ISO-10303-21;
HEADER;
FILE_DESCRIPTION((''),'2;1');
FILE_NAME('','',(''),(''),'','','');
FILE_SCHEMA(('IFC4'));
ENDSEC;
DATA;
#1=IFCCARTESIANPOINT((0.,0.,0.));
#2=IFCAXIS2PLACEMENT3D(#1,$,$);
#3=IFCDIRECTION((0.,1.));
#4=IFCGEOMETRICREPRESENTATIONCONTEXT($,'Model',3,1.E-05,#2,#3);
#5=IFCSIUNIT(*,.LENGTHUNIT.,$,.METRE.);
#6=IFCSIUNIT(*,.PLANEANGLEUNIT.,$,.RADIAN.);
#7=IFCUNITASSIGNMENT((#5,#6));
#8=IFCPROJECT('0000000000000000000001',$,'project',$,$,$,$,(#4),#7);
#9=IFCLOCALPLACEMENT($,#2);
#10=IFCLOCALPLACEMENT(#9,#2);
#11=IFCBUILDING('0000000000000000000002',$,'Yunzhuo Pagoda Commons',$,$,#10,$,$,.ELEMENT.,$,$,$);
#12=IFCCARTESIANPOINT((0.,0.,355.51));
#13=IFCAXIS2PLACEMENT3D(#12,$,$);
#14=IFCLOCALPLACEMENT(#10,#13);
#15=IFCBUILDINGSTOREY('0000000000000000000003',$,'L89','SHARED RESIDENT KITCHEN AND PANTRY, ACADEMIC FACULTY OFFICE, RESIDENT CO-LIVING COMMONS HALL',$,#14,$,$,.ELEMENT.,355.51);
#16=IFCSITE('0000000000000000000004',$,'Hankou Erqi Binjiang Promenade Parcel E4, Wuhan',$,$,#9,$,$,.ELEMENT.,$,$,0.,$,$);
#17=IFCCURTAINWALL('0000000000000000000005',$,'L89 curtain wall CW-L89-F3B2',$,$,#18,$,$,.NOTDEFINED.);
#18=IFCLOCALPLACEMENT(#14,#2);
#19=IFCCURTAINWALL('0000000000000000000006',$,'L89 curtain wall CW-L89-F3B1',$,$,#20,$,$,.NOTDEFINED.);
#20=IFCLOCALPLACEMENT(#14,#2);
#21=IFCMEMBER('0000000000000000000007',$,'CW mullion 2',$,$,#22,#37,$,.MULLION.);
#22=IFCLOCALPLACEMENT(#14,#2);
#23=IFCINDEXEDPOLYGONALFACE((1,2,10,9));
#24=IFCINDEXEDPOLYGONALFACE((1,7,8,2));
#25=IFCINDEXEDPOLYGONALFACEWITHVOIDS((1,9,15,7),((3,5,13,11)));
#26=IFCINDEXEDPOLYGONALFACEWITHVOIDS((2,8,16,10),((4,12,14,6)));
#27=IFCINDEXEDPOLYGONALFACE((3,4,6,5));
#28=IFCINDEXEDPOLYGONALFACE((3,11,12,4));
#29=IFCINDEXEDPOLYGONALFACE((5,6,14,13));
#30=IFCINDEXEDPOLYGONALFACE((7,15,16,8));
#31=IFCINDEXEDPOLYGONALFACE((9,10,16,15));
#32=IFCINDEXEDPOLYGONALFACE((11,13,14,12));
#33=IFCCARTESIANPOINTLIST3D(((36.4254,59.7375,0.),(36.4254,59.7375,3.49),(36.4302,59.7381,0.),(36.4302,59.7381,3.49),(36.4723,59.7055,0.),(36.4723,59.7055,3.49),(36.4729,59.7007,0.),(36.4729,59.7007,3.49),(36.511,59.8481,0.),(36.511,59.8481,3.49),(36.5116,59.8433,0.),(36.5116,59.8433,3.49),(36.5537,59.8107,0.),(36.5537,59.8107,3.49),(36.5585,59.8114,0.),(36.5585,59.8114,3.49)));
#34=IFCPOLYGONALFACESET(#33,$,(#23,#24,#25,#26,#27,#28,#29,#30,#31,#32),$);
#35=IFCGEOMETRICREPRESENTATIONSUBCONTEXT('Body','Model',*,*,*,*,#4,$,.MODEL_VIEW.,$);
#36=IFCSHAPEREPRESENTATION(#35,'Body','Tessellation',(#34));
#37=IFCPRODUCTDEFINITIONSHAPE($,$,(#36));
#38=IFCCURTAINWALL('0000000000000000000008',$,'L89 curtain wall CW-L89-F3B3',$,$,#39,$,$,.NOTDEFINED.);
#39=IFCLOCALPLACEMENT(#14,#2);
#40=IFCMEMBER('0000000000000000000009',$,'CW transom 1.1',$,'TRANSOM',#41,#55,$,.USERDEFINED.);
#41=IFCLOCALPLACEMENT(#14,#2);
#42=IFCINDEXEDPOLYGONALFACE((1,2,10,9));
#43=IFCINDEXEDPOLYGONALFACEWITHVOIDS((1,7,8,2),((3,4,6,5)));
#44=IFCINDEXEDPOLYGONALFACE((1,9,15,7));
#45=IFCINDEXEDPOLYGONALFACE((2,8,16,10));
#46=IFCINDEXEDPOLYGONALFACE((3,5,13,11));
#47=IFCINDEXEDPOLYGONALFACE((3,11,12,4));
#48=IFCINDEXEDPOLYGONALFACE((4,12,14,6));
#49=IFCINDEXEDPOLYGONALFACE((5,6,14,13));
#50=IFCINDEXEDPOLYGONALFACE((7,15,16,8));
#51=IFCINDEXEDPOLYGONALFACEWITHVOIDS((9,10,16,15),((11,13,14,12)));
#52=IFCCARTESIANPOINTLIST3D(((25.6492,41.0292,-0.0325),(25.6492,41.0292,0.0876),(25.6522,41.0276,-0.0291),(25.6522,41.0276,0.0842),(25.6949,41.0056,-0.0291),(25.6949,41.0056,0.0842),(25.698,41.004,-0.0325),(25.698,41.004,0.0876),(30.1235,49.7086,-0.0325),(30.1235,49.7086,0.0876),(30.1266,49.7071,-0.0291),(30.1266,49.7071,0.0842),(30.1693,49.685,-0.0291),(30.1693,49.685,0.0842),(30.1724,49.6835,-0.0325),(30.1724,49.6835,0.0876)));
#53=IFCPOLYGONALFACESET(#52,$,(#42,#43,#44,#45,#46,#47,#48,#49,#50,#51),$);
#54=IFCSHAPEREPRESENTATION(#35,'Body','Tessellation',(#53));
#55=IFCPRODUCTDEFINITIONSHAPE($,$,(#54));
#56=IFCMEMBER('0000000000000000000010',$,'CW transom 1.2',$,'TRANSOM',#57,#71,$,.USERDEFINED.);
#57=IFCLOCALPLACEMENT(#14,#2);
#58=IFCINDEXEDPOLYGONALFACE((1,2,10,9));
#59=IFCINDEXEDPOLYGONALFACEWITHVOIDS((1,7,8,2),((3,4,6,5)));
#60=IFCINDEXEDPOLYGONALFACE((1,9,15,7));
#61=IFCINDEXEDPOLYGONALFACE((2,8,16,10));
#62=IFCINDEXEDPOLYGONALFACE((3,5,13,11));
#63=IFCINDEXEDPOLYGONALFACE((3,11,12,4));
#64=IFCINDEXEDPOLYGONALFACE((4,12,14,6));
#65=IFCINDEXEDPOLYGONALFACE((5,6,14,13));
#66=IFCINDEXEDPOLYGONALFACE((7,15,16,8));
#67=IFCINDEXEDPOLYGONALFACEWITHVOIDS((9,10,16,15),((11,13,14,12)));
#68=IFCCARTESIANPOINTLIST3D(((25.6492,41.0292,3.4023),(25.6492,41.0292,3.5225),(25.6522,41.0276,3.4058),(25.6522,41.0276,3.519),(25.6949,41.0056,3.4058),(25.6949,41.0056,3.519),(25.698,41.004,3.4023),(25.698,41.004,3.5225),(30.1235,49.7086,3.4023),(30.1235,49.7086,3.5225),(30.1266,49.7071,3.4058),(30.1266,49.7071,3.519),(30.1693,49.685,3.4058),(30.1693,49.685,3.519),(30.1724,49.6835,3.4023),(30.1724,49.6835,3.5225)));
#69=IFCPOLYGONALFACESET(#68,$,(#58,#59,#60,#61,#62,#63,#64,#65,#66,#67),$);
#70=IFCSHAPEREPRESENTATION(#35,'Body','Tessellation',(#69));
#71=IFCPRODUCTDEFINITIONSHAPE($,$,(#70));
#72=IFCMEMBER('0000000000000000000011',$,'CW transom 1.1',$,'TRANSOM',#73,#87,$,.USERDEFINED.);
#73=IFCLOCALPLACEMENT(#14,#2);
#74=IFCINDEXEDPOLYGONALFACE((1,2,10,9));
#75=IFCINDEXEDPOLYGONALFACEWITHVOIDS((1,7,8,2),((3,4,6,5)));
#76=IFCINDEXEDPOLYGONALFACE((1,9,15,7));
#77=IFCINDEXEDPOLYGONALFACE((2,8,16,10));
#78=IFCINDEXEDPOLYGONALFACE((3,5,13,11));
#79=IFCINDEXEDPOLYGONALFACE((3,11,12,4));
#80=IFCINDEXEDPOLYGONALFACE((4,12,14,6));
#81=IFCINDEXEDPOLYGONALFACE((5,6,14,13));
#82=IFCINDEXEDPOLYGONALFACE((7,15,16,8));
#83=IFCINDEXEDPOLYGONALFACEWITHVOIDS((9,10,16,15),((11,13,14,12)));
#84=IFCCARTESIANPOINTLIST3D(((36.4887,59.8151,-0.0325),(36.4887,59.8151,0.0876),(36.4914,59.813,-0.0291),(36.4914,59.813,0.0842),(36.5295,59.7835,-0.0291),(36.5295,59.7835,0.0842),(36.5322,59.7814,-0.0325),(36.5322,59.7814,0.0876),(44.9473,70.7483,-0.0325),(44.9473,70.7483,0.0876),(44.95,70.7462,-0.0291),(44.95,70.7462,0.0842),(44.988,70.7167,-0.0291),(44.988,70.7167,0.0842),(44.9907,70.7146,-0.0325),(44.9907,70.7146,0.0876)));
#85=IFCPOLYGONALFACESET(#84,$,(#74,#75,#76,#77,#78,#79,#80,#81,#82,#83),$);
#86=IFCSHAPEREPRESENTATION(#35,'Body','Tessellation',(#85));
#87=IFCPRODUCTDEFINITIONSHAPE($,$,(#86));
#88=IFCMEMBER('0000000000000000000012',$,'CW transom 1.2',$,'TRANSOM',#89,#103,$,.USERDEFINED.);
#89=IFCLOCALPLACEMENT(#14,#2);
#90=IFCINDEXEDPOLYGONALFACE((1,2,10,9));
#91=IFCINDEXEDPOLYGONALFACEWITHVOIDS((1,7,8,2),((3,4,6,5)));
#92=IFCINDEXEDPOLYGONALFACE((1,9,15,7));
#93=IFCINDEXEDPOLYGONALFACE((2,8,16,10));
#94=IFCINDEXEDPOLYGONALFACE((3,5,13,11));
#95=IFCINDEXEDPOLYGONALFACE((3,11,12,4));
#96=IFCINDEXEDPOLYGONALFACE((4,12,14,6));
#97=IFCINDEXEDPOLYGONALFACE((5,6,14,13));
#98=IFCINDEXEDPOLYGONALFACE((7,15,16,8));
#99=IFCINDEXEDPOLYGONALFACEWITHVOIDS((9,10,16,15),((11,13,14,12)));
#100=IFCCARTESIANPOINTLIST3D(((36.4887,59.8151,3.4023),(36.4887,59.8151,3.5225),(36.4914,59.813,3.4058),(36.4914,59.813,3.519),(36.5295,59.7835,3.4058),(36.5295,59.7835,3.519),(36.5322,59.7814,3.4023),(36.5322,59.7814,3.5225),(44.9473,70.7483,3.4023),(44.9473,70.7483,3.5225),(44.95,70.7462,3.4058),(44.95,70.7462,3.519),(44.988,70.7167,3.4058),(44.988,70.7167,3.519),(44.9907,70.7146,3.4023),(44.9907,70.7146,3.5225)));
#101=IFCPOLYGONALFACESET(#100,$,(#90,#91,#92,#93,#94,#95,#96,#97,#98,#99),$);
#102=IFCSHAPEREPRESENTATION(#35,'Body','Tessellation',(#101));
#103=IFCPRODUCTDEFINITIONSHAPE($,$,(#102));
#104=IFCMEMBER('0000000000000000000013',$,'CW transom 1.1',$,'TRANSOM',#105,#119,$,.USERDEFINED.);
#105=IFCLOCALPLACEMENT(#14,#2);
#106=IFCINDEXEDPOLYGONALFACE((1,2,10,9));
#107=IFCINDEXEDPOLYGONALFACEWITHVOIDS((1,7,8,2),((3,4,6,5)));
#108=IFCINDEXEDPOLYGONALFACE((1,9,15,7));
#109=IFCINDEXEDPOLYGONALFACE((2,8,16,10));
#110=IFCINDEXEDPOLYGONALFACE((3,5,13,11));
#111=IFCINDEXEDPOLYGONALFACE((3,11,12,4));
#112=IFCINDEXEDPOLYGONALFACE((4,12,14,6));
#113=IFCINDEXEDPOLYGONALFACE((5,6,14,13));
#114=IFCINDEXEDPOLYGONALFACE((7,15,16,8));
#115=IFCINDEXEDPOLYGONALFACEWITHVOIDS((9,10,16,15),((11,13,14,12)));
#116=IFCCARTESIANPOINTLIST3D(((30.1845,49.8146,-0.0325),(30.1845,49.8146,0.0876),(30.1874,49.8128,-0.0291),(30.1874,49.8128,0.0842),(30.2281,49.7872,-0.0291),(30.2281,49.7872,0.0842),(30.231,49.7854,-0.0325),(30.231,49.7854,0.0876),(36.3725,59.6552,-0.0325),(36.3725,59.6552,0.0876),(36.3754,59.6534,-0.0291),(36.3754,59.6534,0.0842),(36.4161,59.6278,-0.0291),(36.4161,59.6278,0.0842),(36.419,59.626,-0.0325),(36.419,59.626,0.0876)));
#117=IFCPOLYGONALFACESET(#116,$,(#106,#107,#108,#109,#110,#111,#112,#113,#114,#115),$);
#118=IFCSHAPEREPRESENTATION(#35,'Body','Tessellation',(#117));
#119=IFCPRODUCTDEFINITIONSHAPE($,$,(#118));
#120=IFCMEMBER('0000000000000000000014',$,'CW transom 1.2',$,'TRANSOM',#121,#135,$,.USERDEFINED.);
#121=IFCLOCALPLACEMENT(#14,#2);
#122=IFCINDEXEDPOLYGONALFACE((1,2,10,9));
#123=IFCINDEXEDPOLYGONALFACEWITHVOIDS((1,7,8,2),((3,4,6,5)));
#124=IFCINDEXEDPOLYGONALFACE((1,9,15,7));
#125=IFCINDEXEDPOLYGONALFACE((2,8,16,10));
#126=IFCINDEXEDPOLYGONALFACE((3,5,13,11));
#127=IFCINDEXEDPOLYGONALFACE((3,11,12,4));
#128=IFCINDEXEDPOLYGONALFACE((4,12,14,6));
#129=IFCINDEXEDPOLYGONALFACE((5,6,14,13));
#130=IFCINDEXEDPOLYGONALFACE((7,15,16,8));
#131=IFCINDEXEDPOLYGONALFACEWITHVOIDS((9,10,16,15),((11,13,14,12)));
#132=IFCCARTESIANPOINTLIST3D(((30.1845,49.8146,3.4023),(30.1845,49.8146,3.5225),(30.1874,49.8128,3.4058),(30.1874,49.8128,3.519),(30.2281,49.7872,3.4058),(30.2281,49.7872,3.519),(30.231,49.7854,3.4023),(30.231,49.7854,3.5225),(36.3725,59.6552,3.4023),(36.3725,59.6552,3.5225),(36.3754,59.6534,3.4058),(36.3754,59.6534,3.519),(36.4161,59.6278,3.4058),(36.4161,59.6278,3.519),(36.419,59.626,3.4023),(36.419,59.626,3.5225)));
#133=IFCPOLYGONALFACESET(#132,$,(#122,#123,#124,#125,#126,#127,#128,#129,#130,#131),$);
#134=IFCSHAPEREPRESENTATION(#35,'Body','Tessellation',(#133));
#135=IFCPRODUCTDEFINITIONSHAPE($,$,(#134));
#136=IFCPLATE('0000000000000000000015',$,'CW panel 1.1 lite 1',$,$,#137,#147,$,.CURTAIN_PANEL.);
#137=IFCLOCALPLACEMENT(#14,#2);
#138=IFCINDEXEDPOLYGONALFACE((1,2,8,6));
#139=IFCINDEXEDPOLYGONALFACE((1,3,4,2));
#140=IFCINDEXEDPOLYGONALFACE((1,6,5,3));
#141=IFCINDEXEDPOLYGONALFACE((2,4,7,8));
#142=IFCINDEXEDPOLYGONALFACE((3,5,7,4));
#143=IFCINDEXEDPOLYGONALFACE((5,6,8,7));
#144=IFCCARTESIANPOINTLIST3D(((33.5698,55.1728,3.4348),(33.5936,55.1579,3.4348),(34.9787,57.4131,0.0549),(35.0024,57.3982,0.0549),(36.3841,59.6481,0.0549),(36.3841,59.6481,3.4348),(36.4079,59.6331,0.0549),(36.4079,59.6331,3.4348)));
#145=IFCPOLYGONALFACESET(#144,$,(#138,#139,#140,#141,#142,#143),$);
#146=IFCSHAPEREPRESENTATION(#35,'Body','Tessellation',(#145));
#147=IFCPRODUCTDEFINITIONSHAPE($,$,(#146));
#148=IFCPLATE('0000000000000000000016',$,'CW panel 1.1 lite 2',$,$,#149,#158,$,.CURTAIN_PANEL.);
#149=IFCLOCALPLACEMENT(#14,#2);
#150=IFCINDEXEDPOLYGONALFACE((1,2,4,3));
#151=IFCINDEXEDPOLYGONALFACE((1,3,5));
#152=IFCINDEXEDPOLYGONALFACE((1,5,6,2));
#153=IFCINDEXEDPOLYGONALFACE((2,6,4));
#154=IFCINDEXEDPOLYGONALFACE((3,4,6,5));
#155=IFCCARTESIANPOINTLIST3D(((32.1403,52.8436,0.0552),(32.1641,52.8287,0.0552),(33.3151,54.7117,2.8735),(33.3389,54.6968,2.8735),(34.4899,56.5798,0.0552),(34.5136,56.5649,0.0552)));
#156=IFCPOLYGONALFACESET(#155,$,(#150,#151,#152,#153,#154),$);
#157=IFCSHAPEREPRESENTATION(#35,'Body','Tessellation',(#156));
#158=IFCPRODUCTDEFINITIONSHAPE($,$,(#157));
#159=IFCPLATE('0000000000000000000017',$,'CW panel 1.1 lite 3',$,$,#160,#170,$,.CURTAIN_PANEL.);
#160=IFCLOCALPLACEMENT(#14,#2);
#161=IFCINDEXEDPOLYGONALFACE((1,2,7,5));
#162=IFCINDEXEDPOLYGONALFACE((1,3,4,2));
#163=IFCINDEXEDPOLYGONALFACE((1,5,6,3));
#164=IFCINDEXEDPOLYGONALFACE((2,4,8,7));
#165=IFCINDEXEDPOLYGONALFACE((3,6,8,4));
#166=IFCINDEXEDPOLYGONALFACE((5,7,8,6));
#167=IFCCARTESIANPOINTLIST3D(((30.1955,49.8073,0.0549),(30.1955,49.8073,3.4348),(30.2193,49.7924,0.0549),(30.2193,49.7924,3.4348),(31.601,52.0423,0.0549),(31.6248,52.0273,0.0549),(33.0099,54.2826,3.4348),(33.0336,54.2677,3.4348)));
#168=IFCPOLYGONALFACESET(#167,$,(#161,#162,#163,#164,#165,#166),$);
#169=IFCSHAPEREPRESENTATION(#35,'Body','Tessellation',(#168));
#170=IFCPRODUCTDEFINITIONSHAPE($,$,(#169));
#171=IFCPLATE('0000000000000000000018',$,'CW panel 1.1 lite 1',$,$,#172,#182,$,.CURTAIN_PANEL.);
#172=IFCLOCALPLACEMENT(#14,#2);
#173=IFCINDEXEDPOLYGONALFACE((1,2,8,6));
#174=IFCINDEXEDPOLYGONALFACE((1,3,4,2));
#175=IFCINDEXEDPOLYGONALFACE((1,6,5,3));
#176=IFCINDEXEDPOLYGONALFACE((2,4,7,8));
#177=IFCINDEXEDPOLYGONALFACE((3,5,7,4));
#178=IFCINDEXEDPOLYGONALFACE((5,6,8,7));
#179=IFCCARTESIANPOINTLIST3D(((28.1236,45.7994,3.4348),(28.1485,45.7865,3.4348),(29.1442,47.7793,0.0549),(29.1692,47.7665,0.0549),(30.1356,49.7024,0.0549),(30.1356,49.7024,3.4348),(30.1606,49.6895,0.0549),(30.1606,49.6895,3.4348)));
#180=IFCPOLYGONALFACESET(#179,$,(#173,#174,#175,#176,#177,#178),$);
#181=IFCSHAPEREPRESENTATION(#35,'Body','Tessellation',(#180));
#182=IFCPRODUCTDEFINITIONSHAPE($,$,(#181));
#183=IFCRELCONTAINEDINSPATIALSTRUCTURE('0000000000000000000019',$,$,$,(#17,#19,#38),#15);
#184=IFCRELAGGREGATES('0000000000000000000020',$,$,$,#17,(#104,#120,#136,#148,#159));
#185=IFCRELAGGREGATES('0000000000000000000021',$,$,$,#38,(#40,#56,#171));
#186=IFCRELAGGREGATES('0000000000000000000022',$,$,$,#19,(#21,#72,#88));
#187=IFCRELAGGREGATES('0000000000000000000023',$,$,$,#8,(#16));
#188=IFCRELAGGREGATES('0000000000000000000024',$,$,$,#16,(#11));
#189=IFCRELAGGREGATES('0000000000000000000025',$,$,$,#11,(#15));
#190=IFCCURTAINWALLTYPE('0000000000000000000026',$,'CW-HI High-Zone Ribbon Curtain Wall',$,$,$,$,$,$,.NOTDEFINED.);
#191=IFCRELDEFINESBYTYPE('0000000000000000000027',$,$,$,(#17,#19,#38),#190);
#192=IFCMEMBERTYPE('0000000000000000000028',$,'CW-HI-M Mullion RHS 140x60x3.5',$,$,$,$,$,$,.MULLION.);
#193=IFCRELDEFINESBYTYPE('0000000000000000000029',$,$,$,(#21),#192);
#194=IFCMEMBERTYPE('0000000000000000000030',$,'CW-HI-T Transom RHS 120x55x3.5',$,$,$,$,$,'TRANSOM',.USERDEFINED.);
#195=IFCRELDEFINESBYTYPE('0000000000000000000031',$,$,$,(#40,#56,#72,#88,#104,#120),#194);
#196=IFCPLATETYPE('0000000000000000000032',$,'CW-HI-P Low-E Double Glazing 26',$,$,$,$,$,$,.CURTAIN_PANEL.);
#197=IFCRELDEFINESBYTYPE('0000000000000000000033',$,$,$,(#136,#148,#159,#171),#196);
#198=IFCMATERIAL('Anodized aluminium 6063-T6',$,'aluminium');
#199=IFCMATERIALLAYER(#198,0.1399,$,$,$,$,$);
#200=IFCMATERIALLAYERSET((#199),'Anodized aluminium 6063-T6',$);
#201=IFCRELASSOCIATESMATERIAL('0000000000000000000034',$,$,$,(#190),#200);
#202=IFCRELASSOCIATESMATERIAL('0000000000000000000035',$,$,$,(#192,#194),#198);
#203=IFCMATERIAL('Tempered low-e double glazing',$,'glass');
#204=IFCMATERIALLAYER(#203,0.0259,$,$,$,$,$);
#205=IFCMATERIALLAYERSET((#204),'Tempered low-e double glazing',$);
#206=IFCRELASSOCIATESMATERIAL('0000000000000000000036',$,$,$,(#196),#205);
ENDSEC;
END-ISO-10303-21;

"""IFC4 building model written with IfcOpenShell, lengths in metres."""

from ifc_helpers import new_model, si_unit, direction, frame, origin, origin_2d, place, context, subcontext, project, spatial, polyline, hollow_rectangle, outline, extrude, source, transform, mapped, material, layer, layer_set, material_profile, profile_set, type_object, element, aggregate, save


model = new_model("IFC4")

# Units and contexts
model_context = context("Model", 3, precision=1e-05, world=origin(), true_north=direction((0.0, 1.0)))
body_context = subcontext(model_context, "Body", "Model", "MODEL_VIEW")
ifc_project = project(units=[si_unit("LENGTHUNIT", "METRE"), si_unit("PLANEANGLEUNIT", "RADIAN")], contexts=[model_context])

# Site, building, storey
site_placement = place(None, origin())
site = spatial("IfcSite", under=ifc_project, at=site_placement, Name="Hankou Erqi Binjiang Promenade Parcel E4, Wuhan", CompositionType="ELEMENT", RefElevation=0.0)
building_placement = place(site_placement, origin())
building = spatial("IfcBuilding", under=site, at=building_placement, Name="Yunzhuo Pagoda Commons", CompositionType="ELEMENT")
storey_placement = place(building_placement, frame((0.0, 0.0, 355.51)))
storey = spatial("IfcBuildingStorey", under=building, at=storey_placement, Name="L89", Description="SHARED RESIDENT KITCHEN AND PANTRY, ACADEMIC FACULTY OFFICE, RESIDENT CO-LIVING COMMONS HALL", CompositionType="ELEMENT", Elevation=355.51)

# Curtain walls, members
ifc_material_1 = material(Name="Anodized aluminium 6063-T6", Category="aluminium")
ifc_layer_1 = layer(ifc_material_1, 0.1399)
ifc_layer_set_1 = layer_set([ifc_layer_1], Name="Anodized aluminium 6063-T6")
curtain_wall_type = type_object("IfcCurtainWallType", Name="CW-HI High-Zone Ribbon Curtain Wall", PredefinedType="NOTDEFINED", material=ifc_layer_set_1)
curtain_wall_1_placement = place(storey_placement, origin())
curtain_wall_1 = element("IfcCurtainWall", 1, at=curtain_wall_1_placement, inside=storey, type_object=curtain_wall_type, Name="L89 curtain wall CW-L89-F3B2", PredefinedType="NOTDEFINED")
ifc_material_profile_1 = material_profile(ifc_material_1, hollow_rectangle(XDim=0.0601, YDim=0.1399, WallThickness=0.0034, at=origin_2d()), Name="Anodized aluminium 6063-T6")
ifc_profile_set_1 = profile_set([ifc_material_profile_1], Name="Anodized aluminium 6063-T6")
member_type_1 = type_object("IfcMemberType", Name="CW-HI-M Mullion RHS 140x60x3.5", PredefinedType="MULLION", material=ifc_profile_set_1)
shared_shape_1 = source(origin(), body_context, "Body", "SweptSolid", [
    extrude(hollow_rectangle(XDim=0.0601, YDim=0.1399, WallThickness=0.0034, at=origin_2d()), origin(), (0.0, 0.0, 1.0), 3.49),
])
curtain_wall_2_placement = place(storey_placement, origin())
curtain_wall_2 = element("IfcCurtainWall", 2, at=curtain_wall_2_placement, inside=storey, type_object=curtain_wall_type, Name="L89 curtain wall CW-L89-F3B1", PredefinedType="NOTDEFINED")
member_1_placement = place(storey_placement, frame((36.4919, 59.7744, 0.0), z_axis=(0.0, 0.0, 1.0), x_axis=(0.790927, -0.61191, 0.0)))
member_1 = element("IfcMember", 3, at=member_1_placement, type_object=member_type_1, Name="CW mullion 2", PredefinedType="MULLION", context=body_context, shape_type="MappedRepresentation", body=[
    mapped(shared_shape_1, transform((0.0, 0.0, 0.0), scale=1.0)),
])
curtain_wall_3_placement = place(storey_placement, origin())
curtain_wall_3 = element("IfcCurtainWall", 4, at=curtain_wall_3_placement, inside=storey, type_object=curtain_wall_type, Name="L89 curtain wall CW-L89-F3B3", PredefinedType="NOTDEFINED")
ifc_material_profile_2 = material_profile(ifc_material_1, hollow_rectangle(XDim=0.0549, YDim=0.1201, WallThickness=0.0034, at=origin_2d()), Name="Anodized aluminium 6063-T6")
ifc_profile_set_2 = profile_set([ifc_material_profile_2], Name="Anodized aluminium 6063-T6")
member_type_2 = type_object("IfcMemberType", Name="CW-HI-T Transom RHS 120x55x3.5", ElementType="TRANSOM", PredefinedType="USERDEFINED", material=ifc_profile_set_2)
shared_shape_2 = source(origin(), body_context, "Body", "SweptSolid", [
    extrude(hollow_rectangle(XDim=0.0549, YDim=0.1201, WallThickness=0.0034, at=origin_2d()), origin(), (0.0, 0.0, 1.0), 9.7649),
])
member_2_placement = place(storey_placement, frame((30.1479, 49.696, 0.0276), z_axis=(-0.45821, -0.888844, 0.0), x_axis=(0.888844, -0.45821, 0.0)))
member_2 = element("IfcMember", 5, at=member_2_placement, type_object=member_type_2, Name="CW transom 1.1", ObjectType="TRANSOM", PredefinedType="USERDEFINED", context=body_context, shape_type="MappedRepresentation", body=[
    mapped(shared_shape_2, transform((0.0, 0.0, 0.0), scale=1.0)),
])
member_3_placement = place(storey_placement, frame((30.1479, 49.696, 3.4624), z_axis=(-0.45821, -0.888844, 0.0), x_axis=(0.888844, -0.45821, 0.0)))
member_3 = element("IfcMember", 6, at=member_3_placement, type_object=member_type_2, Name="CW transom 1.2", ObjectType="TRANSOM", PredefinedType="USERDEFINED", context=body_context, shape_type="MappedRepresentation", body=[
    mapped(shared_shape_2, transform((0.0, 0.0, 0.0), scale=1.0)),
])

# Members
shared_shape_3 = source(origin(), body_context, "Body", "SweptSolid", [
    extrude(hollow_rectangle(XDim=0.0549, YDim=0.1201, WallThickness=0.0034, at=origin_2d()), origin(), (0.0, 0.0, 1.0), 13.8232),
])
member_4_placement = place(storey_placement, frame((44.969, 70.7314, 0.0276), z_axis=(-0.611909, -0.790928, 0.0), x_axis=(0.790928, -0.611909, 0.0)))
member_4 = element("IfcMember", 7, at=member_4_placement, type_object=member_type_2, Name="CW transom 1.1", ObjectType="TRANSOM", PredefinedType="USERDEFINED", context=body_context, shape_type="MappedRepresentation", body=[
    mapped(shared_shape_3, transform((0.0, 0.0, 0.0), scale=1.0)),
])
member_5_placement = place(storey_placement, frame((44.969, 70.7314, 3.4624), z_axis=(-0.611909, -0.790928, 0.0), x_axis=(0.790928, -0.611909, 0.0)))
member_5 = element("IfcMember", 8, at=member_5_placement, type_object=member_type_2, Name="CW transom 1.2", ObjectType="TRANSOM", PredefinedType="USERDEFINED", context=body_context, shape_type="MappedRepresentation", body=[
    mapped(shared_shape_3, transform((0.0, 0.0, 0.0), scale=1.0)),
])
shared_shape_4 = source(origin(), body_context, "Body", "SweptSolid", [
    extrude(hollow_rectangle(XDim=0.0549, YDim=0.1201, WallThickness=0.0034, at=origin_2d()), origin(), (0.0, 0.0, 1.0), 11.6245),
])
member_6_placement = place(storey_placement, frame((36.3958, 59.6406, 0.0276), z_axis=(-0.532325, -0.84654, 0.0), x_axis=(0.84654, -0.532325, 0.0)))
member_6 = element("IfcMember", 9, at=member_6_placement, type_object=member_type_2, Name="CW transom 1.1", ObjectType="TRANSOM", PredefinedType="USERDEFINED", context=body_context, shape_type="MappedRepresentation", body=[
    mapped(shared_shape_4, transform((0.0, 0.0, 0.0), scale=1.0)),
])
member_7_placement = place(storey_placement, frame((36.3958, 59.6406, 3.4624), z_axis=(-0.532325, -0.84654, 0.0), x_axis=(0.84654, -0.532325, 0.0)))
member_7 = element("IfcMember", 10, at=member_7_placement, type_object=member_type_2, Name="CW transom 1.2", ObjectType="TRANSOM", PredefinedType="USERDEFINED", context=body_context, shape_type="MappedRepresentation", body=[
    mapped(shared_shape_4, transform((0.0, 0.0, 0.0), scale=1.0)),
])

# Plates
ifc_material_2 = material(Name="Tempered low-e double glazing", Category="glass")
ifc_layer_2 = layer(ifc_material_2, 0.0259)
ifc_layer_set_2 = layer_set([ifc_layer_2], Name="Tempered low-e double glazing")
plate_type_1 = type_object("IfcPlateType", Name="CW-HI-P Low-E Double Glazing 26", PredefinedType="CURTAIN_PANEL", material=ifc_layer_set_2)
plate_1_placement = place(storey_placement, frame((35.0007, 57.3955, 1.7449), z_axis=(-0.846525, 0.53235, 0.0), x_axis=(-0.53235, -0.846525, 0.0)))
plate_1 = element("IfcPlate", 11, at=plate_1_placement, type_object=plate_type_1, Name="CW panel 1.1 lite 1", PredefinedType="CURTAIN_PANEL", context=body_context, shape_type="SweptSolid", body=[
    extrude(outline(polyline([(-2.6433, -1.6899), (-0.0032, -1.6899), (2.6433, 1.6899), (-2.6433, 1.6899), (-2.6433, -1.6899)])), origin(), (0.0, 0.0, 1.0), 0.0281),
])
plate_2_placement = place(storey_placement, frame((33.3389, 54.6968, 1.4644), z_axis=(-0.846525, 0.53235, 0.0), x_axis=(-0.53235, -0.846525, 0.0)))
plate_2 = element("IfcPlate", 12, at=plate_2_placement, type_object=plate_type_1, Name="CW panel 1.1 lite 2", PredefinedType="CURTAIN_PANEL", context=body_context, shape_type="SweptSolid", body=[
    extrude(outline(polyline([(-2.2068, -1.4092), (2.2068, -1.4092), (0.0, 1.4092), (-2.2068, -1.4092)])), origin(), (0.0, 0.0, 1.0), 0.0281),
])
plate_3_placement = place(storey_placement, frame((31.6265, 52.03, 1.7449), z_axis=(-0.846525, 0.53235, 0.0), x_axis=(-0.53235, -0.846525, 0.0)))
plate_3 = element("IfcPlate", 13, at=plate_3_placement, type_object=plate_type_1, Name="CW panel 1.1 lite 3", PredefinedType="CURTAIN_PANEL", context=body_context, shape_type="SweptSolid", body=[
    extrude(outline(polyline([(-2.6433, 1.6899), (0.0032, -1.6899), (2.6433, -1.6899), (2.6433, 1.6899), (-2.6433, 1.6899)])), origin(), (0.0, 0.0, 1.0), 0.0281),
])
aggregate(curtain_wall_1, [member_6, member_7, plate_1, plate_2, plate_3])
plate_4_placement = place(storey_placement, frame((29.1545, 47.738, 1.7449), z_axis=(-0.888846, 0.458207, 0.0), x_axis=(-0.458207, -0.888846, 0.0)))
plate_4 = element("IfcPlate", 14, at=plate_4_placement, type_object=plate_type_1, Name="CW panel 1.1 lite 1", PredefinedType="CURTAIN_PANEL", context=body_context, shape_type="SweptSolid", body=[
    extrude(outline(polyline([(-2.1956, -1.6899), (-0.032, -1.6899), (2.1956, 1.6899), (-2.1956, 1.6899), (-2.1956, -1.6899)])), origin(), (0.0, 0.0, 1.0), 0.0281),
])
aggregate(curtain_wall_3, [member_2, member_3, plate_4])

aggregate(curtain_wall_2, [member_1, member_4, member_5])

save(model, "model.ifc")
